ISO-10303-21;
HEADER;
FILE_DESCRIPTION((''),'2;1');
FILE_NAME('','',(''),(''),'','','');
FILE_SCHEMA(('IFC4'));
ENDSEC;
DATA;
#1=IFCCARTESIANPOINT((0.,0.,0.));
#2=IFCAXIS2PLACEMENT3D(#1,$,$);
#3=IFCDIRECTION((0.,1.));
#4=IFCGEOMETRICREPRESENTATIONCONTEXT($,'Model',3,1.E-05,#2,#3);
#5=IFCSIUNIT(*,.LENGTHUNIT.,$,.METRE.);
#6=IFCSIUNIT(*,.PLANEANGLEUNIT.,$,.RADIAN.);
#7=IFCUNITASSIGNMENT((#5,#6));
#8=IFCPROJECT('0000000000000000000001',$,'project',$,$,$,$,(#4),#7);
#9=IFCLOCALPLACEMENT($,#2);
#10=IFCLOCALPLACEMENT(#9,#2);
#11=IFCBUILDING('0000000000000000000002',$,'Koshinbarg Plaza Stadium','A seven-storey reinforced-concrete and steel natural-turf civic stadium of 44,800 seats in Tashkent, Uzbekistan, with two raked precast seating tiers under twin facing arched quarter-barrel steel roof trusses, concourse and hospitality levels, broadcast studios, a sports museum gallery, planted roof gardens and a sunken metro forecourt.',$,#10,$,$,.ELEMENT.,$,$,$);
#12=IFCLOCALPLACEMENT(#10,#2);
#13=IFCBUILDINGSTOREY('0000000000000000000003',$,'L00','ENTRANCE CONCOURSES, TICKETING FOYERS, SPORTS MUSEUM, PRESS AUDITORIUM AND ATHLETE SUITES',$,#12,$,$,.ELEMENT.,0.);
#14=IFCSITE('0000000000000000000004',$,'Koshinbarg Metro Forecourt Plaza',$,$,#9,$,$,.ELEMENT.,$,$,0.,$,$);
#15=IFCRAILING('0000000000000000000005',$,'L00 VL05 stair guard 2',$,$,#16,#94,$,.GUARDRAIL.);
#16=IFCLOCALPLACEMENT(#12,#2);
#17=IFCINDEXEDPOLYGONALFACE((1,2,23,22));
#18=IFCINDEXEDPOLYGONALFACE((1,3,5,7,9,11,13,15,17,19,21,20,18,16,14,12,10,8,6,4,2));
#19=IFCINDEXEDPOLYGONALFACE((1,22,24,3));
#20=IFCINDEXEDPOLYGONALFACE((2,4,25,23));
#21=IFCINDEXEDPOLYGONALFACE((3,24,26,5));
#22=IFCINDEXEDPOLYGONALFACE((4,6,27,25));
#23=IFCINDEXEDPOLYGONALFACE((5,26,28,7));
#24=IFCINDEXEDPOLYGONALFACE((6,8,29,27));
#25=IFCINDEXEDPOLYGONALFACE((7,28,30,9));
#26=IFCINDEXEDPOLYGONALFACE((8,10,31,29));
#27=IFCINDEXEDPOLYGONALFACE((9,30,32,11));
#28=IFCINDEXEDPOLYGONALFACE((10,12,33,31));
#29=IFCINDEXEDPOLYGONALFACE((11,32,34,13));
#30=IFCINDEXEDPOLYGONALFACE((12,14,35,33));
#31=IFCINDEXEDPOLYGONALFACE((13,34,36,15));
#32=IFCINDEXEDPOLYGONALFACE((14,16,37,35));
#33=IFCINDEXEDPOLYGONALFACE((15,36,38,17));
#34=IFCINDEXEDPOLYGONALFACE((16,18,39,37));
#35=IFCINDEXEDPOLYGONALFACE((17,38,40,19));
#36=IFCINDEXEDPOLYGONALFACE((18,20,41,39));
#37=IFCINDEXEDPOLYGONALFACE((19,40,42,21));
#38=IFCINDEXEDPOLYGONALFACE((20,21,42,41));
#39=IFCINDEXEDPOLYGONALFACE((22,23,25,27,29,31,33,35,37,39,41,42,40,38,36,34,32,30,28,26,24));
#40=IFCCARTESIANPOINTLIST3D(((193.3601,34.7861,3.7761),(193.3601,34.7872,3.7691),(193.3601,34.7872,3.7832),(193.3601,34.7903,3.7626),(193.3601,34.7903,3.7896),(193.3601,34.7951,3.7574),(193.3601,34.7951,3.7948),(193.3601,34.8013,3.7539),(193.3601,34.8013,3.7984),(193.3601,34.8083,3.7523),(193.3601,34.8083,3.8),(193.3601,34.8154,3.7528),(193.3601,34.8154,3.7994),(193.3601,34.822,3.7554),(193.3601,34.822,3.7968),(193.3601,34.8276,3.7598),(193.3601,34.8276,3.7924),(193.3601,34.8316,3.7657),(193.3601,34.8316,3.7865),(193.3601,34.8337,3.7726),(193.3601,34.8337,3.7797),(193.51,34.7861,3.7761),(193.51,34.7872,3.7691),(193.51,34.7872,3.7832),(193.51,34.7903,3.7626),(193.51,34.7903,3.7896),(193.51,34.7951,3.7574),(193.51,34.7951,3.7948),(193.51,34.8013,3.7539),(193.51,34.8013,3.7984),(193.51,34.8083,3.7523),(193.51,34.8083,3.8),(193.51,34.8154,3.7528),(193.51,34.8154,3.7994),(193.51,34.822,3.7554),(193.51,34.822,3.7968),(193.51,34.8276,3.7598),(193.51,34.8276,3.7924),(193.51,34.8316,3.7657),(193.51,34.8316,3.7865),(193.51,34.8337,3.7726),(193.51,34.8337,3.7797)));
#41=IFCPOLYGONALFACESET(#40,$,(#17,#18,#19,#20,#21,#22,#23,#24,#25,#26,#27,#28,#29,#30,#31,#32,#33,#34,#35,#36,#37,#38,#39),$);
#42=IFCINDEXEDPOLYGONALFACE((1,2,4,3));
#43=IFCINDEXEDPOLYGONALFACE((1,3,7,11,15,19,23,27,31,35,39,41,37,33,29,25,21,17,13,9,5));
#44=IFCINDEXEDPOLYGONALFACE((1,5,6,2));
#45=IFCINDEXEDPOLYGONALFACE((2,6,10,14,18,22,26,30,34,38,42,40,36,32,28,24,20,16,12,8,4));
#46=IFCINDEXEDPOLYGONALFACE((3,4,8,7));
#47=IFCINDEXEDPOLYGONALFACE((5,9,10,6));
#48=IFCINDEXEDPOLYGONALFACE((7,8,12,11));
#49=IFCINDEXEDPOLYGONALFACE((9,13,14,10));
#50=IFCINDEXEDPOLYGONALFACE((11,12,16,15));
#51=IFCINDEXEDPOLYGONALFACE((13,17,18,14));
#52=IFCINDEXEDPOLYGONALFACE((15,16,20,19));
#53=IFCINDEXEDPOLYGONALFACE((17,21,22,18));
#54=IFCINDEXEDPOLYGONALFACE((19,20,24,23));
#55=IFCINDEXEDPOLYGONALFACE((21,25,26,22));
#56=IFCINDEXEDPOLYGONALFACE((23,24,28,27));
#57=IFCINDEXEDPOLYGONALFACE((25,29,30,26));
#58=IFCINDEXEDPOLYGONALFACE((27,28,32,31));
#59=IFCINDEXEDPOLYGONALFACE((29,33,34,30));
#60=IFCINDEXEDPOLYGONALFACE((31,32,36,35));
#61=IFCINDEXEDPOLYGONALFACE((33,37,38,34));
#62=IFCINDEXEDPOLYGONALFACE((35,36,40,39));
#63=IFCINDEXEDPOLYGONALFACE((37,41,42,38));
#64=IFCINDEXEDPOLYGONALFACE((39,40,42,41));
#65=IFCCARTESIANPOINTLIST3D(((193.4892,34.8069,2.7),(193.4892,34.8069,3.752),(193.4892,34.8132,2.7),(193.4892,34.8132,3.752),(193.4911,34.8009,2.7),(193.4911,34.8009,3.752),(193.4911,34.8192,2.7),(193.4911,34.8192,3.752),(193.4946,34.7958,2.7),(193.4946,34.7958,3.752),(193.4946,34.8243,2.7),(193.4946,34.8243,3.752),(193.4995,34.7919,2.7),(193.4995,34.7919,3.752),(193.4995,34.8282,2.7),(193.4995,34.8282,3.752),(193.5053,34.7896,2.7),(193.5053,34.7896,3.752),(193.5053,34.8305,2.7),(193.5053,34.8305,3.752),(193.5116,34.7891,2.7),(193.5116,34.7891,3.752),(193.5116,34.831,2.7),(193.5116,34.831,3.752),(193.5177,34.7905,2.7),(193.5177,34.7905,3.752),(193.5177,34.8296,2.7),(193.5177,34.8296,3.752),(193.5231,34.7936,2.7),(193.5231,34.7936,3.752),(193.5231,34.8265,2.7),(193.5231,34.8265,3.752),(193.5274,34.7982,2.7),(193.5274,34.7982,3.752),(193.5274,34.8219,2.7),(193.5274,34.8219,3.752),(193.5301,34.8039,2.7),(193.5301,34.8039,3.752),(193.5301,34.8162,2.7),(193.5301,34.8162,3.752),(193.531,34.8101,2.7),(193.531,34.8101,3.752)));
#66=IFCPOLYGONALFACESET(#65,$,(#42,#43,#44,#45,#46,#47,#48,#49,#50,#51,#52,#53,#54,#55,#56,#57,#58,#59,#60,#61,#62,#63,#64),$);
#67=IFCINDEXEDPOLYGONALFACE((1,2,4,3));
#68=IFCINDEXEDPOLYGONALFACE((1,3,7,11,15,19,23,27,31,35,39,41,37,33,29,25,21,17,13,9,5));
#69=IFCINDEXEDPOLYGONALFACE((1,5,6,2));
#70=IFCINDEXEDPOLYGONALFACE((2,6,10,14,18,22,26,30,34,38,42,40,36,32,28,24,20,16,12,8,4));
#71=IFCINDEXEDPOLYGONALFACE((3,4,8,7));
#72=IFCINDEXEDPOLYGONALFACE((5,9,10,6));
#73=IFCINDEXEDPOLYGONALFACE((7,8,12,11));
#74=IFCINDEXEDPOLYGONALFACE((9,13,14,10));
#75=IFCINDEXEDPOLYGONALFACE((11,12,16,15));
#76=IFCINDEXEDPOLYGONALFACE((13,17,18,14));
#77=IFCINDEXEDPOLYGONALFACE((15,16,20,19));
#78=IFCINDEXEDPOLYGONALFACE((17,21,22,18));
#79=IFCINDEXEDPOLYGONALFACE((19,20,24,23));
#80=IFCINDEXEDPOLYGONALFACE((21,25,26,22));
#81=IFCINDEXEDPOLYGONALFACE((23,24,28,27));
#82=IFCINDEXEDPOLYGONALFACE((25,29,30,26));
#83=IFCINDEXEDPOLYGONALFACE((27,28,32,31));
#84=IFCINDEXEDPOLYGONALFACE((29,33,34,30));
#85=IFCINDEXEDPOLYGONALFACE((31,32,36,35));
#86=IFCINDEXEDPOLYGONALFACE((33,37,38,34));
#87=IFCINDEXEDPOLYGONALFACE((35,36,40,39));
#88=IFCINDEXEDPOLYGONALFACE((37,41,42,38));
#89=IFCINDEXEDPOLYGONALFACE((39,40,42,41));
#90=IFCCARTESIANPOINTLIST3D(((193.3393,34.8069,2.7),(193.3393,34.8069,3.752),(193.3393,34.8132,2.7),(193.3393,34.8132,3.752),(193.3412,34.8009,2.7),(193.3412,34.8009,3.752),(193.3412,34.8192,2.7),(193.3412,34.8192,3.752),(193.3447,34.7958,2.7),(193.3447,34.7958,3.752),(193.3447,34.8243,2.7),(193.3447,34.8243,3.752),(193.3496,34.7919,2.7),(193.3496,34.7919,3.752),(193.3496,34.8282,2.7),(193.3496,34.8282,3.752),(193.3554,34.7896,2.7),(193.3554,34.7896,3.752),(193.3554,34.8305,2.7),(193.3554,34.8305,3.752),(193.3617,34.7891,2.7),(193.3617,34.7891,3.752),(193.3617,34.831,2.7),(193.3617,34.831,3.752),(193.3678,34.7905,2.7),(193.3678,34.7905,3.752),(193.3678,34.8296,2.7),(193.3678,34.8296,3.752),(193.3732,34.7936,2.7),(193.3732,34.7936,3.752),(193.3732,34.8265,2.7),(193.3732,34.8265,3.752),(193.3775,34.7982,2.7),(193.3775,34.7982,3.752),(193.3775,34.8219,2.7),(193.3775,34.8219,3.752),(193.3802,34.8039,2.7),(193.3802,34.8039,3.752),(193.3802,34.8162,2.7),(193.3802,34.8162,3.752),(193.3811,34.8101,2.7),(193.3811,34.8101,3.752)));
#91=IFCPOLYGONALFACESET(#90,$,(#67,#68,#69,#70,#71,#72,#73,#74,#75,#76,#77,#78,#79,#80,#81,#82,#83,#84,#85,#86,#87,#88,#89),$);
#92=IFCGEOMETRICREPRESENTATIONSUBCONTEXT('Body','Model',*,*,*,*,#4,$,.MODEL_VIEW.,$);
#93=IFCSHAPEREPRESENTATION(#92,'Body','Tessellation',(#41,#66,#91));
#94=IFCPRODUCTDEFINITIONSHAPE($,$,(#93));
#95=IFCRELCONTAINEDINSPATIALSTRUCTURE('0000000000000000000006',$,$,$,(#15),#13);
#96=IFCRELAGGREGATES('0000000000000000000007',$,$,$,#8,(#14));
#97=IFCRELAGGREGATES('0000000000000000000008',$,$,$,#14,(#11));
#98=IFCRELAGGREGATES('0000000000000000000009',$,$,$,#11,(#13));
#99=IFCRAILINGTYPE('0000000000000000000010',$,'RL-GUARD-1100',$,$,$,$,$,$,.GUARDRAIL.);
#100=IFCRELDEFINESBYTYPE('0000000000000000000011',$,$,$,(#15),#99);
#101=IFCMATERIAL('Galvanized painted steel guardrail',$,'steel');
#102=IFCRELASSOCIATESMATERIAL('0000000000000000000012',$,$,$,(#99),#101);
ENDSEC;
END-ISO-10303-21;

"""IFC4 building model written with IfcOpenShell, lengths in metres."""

from ifc_helpers import new_model, si_unit, direction, frame, origin, origin_2d, place, context, subcontext, project, spatial, circle, extrude, material, type_object, element, save


model = new_model("IFC4")

# Units and contexts
model_context = context("Model", 3, precision=1e-05, world=origin(), true_north=direction((0.0, 1.0)))
body_context = subcontext(model_context, "Body", "Model", "MODEL_VIEW")
ifc_project = project(units=[si_unit("LENGTHUNIT", "METRE"), si_unit("PLANEANGLEUNIT", "RADIAN")], contexts=[model_context])

# Site, building, storey
site_placement = place(None, origin())
site = spatial("IfcSite", under=ifc_project, at=site_placement, Name="Koshinbarg Metro Forecourt Plaza", CompositionType="ELEMENT", RefElevation=0.0)
building_placement = place(site_placement, origin())
building = spatial("IfcBuilding", under=site, at=building_placement, Name="Koshinbarg Plaza Stadium", Description="A seven-storey reinforced-concrete and steel natural-turf civic stadium of 44,800 seats in Tashkent, Uzbekistan, with two raked precast seating tiers under twin facing arched quarter-barrel steel roof trusses, concourse and hospitality levels, broadcast studios, a sports museum gallery, planted roof gardens and a sunken metro forecourt.", CompositionType="ELEMENT")
storey_placement = place(building_placement, origin())
storey = spatial("IfcBuildingStorey", under=building, at=storey_placement, Name="L00", Description="ENTRANCE CONCOURSES, TICKETING FOYERS, SPORTS MUSEUM, PRESS AUDITORIUM AND ATHLETE SUITES", CompositionType="ELEMENT", Elevation=0.0)

# Railing
ifc_material_1 = material(Name="Galvanized painted steel guardrail", Category="steel")
railing_type_1 = type_object("IfcRailingType", Name="RL-GUARD-1100", PredefinedType="GUARDRAIL", material=ifc_material_1)
railing_1_placement = place(storey_placement, frame((193.51, 34.8101, 2.7)))
element("IfcRailing", 1, at=railing_1_placement, inside=storey, type_object=railing_type_1, Name="L00 VL05 stair guard 2", PredefinedType="GUARDRAIL", context=body_context, shape_type="SweptSolid", body=[
    extrude(circle(Radius=0.0239, at=origin_2d()), frame((0.0, 0.0, 1.0762), z_axis=(-1.0, 0.0, 0.0), x_axis=(0.0, -1.0, 0.0)), (0.0, 0.0, 1.0), 0.1499),
    extrude(circle(Radius=0.021, at=origin_2d()), origin(), (0.0, 0.0, 1.0), 1.052),
    extrude(circle(Radius=0.021, at=origin_2d()), frame((-0.1499, 0.0, 0.0)), (0.0, 0.0, 1.0), 1.052),
])

save(model, "model.ifc")
